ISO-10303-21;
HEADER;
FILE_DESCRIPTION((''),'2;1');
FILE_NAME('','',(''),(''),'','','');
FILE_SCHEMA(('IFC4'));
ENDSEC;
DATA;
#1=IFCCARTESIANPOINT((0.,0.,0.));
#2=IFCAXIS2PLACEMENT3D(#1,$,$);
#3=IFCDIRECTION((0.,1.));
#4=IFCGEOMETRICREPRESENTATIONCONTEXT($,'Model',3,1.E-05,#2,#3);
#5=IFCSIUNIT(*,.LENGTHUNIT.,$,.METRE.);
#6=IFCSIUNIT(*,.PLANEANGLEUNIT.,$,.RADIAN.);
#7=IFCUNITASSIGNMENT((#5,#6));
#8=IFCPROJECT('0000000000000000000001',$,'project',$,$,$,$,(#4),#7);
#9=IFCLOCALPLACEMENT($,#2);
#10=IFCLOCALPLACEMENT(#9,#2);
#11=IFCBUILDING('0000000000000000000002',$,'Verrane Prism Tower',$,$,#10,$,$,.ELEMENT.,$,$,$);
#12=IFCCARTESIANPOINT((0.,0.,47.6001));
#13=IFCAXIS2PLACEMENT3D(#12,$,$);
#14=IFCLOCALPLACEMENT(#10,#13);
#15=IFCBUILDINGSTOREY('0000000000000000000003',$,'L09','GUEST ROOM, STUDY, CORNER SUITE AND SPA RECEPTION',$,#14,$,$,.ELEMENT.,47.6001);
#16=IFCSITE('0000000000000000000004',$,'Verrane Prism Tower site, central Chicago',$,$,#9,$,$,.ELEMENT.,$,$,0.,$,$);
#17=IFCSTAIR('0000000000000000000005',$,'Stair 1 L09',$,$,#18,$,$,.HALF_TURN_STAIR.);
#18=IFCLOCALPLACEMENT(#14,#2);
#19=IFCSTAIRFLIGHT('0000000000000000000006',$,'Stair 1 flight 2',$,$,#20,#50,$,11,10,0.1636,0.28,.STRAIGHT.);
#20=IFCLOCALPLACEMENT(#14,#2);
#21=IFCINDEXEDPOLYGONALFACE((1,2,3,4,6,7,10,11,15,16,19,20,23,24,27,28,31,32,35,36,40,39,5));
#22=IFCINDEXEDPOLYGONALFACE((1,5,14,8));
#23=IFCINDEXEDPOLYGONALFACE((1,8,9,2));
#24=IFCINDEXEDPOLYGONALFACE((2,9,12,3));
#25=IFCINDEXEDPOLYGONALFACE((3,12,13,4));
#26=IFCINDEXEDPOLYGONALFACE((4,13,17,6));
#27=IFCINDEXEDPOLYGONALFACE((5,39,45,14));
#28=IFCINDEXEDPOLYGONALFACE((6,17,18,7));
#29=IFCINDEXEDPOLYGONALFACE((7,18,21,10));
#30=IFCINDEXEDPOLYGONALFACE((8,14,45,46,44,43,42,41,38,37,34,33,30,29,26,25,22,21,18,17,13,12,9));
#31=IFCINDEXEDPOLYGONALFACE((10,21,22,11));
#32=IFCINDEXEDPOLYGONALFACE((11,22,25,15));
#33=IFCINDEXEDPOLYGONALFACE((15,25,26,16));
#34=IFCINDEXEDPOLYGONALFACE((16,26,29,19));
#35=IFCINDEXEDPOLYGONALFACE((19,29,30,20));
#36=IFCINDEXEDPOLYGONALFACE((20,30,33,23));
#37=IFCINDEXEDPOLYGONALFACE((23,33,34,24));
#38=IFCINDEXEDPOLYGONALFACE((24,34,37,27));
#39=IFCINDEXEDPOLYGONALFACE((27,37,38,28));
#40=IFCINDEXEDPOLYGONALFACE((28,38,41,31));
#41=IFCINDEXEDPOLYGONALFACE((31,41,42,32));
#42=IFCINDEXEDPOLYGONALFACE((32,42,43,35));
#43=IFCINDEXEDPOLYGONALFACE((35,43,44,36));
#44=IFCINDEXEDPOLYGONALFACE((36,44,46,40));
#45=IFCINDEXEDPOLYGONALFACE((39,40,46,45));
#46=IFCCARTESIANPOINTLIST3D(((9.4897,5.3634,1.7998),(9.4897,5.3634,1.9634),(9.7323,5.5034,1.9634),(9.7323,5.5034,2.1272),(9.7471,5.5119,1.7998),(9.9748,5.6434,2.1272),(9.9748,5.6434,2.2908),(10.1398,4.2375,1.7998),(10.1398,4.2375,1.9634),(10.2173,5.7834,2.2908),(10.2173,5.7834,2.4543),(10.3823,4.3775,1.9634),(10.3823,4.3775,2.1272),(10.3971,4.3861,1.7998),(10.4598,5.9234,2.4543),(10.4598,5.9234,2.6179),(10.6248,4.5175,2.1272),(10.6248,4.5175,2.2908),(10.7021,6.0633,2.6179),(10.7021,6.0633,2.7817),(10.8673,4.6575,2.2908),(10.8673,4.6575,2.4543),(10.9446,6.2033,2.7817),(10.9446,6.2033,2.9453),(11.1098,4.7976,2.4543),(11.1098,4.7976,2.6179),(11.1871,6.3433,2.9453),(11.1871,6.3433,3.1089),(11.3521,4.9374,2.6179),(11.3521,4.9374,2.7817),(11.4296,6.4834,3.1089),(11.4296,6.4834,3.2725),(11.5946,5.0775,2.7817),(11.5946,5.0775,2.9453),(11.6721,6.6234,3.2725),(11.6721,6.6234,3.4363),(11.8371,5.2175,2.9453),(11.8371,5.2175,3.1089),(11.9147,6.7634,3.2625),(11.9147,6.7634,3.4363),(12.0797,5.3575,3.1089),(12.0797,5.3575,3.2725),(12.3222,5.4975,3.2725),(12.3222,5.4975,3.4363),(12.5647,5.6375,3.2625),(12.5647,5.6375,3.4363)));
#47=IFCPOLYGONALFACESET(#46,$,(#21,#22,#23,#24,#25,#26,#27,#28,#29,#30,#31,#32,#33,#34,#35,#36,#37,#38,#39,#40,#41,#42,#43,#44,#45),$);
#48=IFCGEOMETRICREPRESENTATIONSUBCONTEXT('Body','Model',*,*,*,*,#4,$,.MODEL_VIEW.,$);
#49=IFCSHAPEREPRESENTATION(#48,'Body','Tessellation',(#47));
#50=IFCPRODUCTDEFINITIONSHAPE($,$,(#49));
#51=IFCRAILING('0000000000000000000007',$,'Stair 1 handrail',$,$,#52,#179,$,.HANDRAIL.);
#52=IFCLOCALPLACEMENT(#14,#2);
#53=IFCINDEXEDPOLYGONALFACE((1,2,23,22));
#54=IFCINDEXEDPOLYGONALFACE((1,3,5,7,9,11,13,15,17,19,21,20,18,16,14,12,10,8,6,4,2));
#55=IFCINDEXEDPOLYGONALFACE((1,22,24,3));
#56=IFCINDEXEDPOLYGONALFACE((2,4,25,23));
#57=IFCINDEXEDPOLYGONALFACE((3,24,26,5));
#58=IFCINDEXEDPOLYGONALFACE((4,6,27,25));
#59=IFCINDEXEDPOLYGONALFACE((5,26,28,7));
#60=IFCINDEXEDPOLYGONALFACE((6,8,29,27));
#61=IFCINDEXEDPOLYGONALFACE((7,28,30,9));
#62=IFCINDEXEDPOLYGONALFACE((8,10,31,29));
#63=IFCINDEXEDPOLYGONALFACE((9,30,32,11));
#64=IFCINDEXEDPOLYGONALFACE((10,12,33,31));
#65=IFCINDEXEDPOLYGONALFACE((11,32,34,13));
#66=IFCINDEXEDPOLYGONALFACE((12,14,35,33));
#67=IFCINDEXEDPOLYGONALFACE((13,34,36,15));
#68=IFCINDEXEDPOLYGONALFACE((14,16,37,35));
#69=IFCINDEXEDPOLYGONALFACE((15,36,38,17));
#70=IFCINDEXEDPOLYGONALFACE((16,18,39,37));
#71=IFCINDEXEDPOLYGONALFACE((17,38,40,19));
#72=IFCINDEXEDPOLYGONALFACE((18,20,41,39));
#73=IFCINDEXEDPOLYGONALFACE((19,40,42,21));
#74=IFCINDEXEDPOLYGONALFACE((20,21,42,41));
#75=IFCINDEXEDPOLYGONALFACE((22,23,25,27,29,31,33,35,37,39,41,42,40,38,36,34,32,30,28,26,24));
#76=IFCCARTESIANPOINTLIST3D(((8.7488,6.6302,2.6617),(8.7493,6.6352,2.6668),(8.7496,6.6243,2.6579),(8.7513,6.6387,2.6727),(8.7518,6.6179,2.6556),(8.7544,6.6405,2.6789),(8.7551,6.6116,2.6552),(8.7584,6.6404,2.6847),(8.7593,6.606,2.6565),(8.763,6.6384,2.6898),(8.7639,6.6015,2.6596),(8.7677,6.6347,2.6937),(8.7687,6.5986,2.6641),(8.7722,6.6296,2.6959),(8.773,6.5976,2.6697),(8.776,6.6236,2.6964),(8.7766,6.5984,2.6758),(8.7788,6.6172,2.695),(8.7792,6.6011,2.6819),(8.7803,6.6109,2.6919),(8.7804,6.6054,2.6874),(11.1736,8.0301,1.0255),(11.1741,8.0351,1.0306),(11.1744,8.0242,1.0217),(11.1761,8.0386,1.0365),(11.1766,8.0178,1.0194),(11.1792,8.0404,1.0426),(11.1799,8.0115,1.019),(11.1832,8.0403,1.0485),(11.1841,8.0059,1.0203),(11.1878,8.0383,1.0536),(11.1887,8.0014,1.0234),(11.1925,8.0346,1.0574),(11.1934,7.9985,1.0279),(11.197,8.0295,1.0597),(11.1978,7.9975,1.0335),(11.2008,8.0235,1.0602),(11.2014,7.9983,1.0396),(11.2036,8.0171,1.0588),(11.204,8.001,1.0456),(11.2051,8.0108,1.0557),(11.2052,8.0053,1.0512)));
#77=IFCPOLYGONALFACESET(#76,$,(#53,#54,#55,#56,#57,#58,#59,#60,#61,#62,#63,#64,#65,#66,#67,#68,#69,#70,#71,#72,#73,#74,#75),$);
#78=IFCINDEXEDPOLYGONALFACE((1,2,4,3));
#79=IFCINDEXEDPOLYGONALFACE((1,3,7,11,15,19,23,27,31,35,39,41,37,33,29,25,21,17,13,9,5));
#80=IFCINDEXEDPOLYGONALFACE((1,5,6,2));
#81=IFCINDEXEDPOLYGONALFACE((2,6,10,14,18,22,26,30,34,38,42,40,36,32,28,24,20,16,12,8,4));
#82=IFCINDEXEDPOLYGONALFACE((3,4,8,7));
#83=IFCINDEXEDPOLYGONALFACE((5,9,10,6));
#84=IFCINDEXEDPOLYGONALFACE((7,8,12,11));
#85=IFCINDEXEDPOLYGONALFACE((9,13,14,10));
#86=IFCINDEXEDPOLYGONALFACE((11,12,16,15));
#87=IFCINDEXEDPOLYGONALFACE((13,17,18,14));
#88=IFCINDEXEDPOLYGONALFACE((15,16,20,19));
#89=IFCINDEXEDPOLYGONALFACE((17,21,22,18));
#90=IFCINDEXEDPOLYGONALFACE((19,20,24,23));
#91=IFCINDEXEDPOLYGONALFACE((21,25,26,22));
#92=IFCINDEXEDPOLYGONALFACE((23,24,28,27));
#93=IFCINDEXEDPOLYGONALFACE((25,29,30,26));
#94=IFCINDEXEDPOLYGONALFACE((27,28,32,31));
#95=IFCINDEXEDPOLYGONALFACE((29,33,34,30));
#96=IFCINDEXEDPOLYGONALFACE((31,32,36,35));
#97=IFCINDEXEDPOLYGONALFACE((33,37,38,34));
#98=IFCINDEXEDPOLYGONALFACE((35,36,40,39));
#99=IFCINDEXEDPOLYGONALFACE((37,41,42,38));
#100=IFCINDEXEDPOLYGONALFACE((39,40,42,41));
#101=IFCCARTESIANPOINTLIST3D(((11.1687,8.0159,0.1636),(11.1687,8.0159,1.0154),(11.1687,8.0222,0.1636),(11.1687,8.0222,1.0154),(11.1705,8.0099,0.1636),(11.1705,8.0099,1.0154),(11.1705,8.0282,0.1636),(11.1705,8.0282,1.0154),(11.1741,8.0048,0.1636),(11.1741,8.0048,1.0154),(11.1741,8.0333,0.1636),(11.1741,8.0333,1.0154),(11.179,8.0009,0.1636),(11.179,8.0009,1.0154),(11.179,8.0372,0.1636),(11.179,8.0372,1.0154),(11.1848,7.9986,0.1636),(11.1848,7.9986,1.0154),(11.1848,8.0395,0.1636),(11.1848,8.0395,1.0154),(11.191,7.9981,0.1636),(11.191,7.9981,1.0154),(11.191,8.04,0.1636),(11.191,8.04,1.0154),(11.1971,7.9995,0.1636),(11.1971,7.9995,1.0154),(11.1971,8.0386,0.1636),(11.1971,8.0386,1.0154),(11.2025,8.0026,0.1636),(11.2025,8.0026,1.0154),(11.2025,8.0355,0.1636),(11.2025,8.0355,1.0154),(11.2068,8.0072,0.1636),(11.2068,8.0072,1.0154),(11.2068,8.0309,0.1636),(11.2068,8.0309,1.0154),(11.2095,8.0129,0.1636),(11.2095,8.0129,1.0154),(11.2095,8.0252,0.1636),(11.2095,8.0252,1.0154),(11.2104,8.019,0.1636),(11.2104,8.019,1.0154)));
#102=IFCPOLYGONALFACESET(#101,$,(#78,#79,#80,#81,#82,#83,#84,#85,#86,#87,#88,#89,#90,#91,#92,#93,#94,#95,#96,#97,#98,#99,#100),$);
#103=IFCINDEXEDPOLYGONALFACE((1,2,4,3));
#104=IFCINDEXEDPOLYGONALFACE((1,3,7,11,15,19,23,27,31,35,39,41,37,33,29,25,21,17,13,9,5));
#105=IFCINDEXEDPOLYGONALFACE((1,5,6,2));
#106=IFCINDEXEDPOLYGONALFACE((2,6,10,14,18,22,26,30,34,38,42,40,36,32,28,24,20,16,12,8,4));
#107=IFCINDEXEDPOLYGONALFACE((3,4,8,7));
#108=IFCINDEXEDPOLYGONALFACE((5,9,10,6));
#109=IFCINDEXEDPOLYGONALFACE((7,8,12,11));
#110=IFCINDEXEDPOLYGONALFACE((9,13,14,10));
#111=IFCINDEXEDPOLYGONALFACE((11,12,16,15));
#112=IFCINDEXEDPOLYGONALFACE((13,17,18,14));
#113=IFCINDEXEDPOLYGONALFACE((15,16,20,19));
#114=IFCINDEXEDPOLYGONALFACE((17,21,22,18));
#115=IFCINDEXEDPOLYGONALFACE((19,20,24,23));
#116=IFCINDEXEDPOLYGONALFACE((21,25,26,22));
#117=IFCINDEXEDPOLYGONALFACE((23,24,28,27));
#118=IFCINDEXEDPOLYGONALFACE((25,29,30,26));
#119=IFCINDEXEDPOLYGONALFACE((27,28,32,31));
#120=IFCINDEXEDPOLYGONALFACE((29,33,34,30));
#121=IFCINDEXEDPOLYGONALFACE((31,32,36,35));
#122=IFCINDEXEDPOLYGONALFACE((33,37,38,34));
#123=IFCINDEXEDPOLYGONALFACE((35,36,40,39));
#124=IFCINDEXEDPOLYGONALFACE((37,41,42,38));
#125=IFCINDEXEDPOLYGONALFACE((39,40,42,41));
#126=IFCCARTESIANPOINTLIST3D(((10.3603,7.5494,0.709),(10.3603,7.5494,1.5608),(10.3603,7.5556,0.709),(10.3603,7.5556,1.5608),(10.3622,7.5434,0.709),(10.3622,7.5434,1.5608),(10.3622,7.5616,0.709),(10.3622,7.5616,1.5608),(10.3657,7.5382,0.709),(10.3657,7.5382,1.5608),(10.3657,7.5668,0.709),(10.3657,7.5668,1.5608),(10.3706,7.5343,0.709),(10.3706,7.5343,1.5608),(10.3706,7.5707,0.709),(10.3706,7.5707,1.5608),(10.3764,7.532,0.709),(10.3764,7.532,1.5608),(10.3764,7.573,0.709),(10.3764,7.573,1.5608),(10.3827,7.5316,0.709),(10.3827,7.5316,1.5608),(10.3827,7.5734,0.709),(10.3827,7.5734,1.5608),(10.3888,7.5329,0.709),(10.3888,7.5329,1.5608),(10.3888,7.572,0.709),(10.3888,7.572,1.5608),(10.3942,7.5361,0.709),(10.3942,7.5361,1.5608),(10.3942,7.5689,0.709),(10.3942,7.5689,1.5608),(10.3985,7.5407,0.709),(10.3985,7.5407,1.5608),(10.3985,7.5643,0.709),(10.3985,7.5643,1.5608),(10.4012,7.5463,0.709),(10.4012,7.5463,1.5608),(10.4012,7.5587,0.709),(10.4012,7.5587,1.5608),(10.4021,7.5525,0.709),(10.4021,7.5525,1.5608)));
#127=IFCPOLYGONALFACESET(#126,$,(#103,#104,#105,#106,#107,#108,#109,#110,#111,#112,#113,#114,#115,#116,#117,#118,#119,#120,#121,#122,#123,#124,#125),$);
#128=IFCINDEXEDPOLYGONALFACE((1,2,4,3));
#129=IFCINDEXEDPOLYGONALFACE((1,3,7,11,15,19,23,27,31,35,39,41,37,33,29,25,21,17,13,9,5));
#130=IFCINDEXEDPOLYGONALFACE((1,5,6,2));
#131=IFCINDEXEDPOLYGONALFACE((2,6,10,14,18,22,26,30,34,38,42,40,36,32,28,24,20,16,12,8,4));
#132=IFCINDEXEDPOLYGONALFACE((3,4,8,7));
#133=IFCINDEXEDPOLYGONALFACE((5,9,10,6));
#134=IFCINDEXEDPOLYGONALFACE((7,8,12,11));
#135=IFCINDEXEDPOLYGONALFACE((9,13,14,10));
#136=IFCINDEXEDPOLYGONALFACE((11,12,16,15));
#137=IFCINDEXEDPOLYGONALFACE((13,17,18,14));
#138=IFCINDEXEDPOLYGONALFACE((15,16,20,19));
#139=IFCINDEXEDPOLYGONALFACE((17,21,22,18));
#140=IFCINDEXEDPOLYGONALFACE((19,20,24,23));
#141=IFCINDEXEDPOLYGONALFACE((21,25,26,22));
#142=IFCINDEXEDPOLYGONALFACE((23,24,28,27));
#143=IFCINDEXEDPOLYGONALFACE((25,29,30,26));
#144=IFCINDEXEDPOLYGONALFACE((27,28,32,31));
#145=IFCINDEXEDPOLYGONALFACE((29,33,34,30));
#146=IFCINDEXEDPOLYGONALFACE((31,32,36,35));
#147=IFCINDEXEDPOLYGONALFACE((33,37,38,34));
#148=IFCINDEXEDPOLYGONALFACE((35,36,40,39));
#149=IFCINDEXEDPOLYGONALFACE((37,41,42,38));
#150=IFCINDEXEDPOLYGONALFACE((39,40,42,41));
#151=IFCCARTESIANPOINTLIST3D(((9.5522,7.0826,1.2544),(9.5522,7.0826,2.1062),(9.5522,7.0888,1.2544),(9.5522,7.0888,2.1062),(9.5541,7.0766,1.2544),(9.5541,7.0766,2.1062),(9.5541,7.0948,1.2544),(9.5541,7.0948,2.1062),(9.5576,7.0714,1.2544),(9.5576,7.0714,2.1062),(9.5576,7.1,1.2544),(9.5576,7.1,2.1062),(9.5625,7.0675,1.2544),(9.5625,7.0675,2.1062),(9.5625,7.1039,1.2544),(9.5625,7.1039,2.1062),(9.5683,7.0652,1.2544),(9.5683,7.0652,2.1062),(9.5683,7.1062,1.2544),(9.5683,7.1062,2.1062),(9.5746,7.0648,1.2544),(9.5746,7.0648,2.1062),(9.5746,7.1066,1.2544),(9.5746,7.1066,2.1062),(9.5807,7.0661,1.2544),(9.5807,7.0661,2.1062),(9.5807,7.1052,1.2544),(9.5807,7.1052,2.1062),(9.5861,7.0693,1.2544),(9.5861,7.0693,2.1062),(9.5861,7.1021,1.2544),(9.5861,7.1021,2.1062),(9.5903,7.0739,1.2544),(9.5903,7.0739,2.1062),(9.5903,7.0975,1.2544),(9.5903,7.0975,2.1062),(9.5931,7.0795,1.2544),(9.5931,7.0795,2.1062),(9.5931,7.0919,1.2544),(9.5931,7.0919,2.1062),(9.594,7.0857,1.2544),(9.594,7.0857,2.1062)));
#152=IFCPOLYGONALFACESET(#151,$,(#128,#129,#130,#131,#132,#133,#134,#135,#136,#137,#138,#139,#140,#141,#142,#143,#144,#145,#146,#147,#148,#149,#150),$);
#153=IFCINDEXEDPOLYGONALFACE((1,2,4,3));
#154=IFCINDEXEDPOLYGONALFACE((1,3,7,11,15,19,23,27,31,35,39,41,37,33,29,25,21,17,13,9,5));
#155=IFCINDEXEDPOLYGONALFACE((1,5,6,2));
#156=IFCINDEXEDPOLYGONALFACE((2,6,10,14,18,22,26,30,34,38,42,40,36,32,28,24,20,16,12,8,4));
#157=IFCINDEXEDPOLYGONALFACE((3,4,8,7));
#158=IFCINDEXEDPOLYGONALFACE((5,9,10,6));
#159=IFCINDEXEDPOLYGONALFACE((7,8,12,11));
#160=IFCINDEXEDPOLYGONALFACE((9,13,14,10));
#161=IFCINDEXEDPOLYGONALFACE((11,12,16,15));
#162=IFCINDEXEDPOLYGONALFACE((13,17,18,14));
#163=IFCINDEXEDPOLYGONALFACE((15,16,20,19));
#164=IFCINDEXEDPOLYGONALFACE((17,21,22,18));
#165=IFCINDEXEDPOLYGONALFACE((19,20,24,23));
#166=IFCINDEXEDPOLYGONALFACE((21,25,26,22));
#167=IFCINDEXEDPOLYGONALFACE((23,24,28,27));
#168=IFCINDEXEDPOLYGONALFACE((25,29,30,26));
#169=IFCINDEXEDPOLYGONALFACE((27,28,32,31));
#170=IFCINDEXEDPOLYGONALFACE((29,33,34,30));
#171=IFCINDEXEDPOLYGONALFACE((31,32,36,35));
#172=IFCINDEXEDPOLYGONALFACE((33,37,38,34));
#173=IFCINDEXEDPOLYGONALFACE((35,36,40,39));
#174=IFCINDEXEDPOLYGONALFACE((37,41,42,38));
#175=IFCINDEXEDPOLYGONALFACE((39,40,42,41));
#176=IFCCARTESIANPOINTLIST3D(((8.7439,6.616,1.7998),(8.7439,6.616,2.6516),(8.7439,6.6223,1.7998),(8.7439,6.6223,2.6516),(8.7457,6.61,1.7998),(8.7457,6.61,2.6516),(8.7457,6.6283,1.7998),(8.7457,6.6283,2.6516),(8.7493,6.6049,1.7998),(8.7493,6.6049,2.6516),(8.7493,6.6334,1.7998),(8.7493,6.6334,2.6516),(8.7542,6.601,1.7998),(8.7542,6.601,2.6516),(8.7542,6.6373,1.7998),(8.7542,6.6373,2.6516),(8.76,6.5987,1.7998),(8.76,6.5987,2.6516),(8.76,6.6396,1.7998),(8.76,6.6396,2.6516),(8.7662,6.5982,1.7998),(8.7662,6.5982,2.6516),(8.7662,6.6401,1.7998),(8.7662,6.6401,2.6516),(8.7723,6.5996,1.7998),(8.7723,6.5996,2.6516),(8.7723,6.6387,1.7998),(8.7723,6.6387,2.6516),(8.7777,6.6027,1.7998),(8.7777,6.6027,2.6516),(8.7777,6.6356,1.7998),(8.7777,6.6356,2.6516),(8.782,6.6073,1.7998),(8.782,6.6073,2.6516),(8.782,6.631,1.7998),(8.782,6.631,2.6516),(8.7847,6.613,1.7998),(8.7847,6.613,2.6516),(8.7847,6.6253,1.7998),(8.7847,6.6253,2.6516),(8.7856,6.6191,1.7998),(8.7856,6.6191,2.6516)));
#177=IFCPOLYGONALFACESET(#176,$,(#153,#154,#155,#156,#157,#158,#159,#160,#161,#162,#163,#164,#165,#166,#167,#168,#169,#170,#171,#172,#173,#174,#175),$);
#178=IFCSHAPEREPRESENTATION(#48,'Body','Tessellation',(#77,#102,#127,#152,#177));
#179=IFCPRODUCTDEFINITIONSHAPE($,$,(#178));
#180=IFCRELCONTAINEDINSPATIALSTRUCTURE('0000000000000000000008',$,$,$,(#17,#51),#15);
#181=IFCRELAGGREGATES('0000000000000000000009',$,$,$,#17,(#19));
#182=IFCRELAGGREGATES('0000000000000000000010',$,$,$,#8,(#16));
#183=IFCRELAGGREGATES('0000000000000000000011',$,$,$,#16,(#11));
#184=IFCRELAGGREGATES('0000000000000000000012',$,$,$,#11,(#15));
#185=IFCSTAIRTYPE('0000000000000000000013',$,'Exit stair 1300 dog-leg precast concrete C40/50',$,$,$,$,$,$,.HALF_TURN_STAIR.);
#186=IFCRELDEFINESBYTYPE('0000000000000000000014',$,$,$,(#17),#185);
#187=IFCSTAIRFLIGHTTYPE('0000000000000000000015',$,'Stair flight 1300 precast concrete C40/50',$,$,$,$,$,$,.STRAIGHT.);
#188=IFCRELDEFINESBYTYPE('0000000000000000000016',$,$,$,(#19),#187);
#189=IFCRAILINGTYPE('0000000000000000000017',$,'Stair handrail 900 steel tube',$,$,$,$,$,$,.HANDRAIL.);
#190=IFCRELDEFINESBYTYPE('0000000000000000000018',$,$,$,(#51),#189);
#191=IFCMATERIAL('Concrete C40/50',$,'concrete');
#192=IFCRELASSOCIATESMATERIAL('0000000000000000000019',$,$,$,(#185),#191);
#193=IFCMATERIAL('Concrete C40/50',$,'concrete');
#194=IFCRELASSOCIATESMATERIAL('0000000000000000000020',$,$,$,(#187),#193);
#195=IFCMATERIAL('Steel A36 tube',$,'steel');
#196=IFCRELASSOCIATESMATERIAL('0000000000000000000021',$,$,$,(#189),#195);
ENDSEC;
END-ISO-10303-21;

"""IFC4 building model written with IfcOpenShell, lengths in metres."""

from ifc_helpers import new_model, si_unit, direction, frame, origin, origin_2d, place, context, subcontext, project, spatial, polyline, circle, outline, extrude, material, type_object, element, aggregate, save


model = new_model("IFC4")

# Units and contexts
model_context = context("Model", 3, precision=1e-05, world=origin(), true_north=direction((0.0, 1.0)))
body_context = subcontext(model_context, "Body", "Model", "MODEL_VIEW")
ifc_project = project(units=[si_unit("LENGTHUNIT", "METRE"), si_unit("PLANEANGLEUNIT", "RADIAN")], contexts=[model_context])

# Site, building, storey
site_placement = place(None, origin())
site = spatial("IfcSite", under=ifc_project, at=site_placement, Name="Verrane Prism Tower site, central Chicago", CompositionType="ELEMENT", RefElevation=0.0)
building_placement = place(site_placement, origin())
building = spatial("IfcBuilding", under=site, at=building_placement, Name="Verrane Prism Tower", CompositionType="ELEMENT")
storey_placement = place(building_placement, frame((0.0, 0.0, 47.6001)))
storey = spatial("IfcBuildingStorey", under=building, at=storey_placement, Name="L09", Description="GUEST ROOM, STUDY, CORNER SUITE AND SPA RECEPTION", CompositionType="ELEMENT", Elevation=47.6001)

# Stair, stair flight
ifc_material_1 = material(Name="Concrete C40/50", Category="concrete")
stair_type = type_object("IfcStairType", Name="Exit stair 1300 dog-leg precast concrete C40/50", PredefinedType="HALF_TURN_STAIR", material=ifc_material_1)
stair_placement = place(storey_placement, origin())
stair = element("IfcStair", 1, at=stair_placement, inside=storey, type_object=stair_type, Name="Stair 1 L09", PredefinedType="HALF_TURN_STAIR")
ifc_material_2 = material(Name="Concrete C40/50", Category="concrete")
stair_flight_type = type_object("IfcStairFlightType", Name="Stair flight 1300 precast concrete C40/50", PredefinedType="STRAIGHT", material=ifc_material_2)
stair_flight_1_placement = place(storey_placement, frame((9.8147, 4.8005, 1.7998), z_axis=(0.0, 0.0, 1.0), x_axis=(0.866025, 0.5, 0.0)))
stair_flight_1 = element("IfcStairFlight", 2, at=stair_flight_1_placement, type_object=stair_flight_type, Name="Stair 1 flight 2", NumberOfRisers=11, NumberOfTreads=10, PredefinedType="STRAIGHT", RiserHeight=0.1636, TreadLength=0.28, context=body_context, shape_type="SweptSolid", body=[
    extrude(outline(polyline([(0.0, 0.0), (0.0, 0.1636), (0.28, 0.1636), (0.28, 0.3274), (0.5601, 0.3274), (0.5601, 0.491), (0.8401, 0.491), (0.8401, 0.6545), (1.1201, 0.6545), (1.1201, 0.8181), (1.3999, 0.8181), (1.3999, 0.9819), (1.6799, 0.9819), (1.6799, 1.1455), (1.96, 1.1455), (1.96, 1.3091), (2.24, 1.3091), (2.24, 1.4727), (2.52, 1.4727), (2.52, 1.6365), (2.8, 1.6365), (2.8, 1.8), (2.8, 1.4626), (0.2971, 0.0), (0.0, 0.0)])), frame((0.0, 0.6499, 0.0), z_axis=(0.0, -1.0, 0.0), x_axis=(1.0, 0.0, 0.0)), (0.0, 0.0, 1.0), 1.3),
])
aggregate(stair, [stair_flight_1])

# Railing
ifc_material_3 = material(Name="Steel A36 tube", Category="steel")
railing_type_1 = type_object("IfcRailingType", Name="Stair handrail 900 steel tube", PredefinedType="HANDRAIL", material=ifc_material_3)
railing_1_placement = place(storey_placement, frame((11.1895, 8.019, 0.1636)))
element("IfcRailing", 3, at=railing_1_placement, inside=storey, type_object=railing_type_1, Name="Stair 1 handrail", PredefinedType="HANDRAIL", context=body_context, shape_type="SweptSolid", body=[
    extrude(circle(Radius=0.0239, at=origin_2d()), frame((0.0, 0.0, 0.876), z_axis=(-0.747718, -0.431677, 0.504552), x_axis=(0.499984, -0.866035, 0.0)), (0.0, 0.0, 1.0), 3.2429),
    extrude(circle(Radius=0.021, at=origin_2d()), origin(), (0.0, 0.0, 1.0), 0.8518),
    extrude(circle(Radius=0.021, at=origin_2d()), frame((-0.8083, -0.4666, 0.5454)), (0.0, 0.0, 1.0), 0.8518),
    extrude(circle(Radius=0.021, at=origin_2d()), frame((-1.6165, -0.9333, 1.0908)), (0.0, 0.0, 1.0), 0.8518),
    extrude(circle(Radius=0.021, at=origin_2d()), frame((-2.4248, -1.3999, 1.6362)), (0.0, 0.0, 1.0), 0.8518),
])

save(model, "model.ifc")
